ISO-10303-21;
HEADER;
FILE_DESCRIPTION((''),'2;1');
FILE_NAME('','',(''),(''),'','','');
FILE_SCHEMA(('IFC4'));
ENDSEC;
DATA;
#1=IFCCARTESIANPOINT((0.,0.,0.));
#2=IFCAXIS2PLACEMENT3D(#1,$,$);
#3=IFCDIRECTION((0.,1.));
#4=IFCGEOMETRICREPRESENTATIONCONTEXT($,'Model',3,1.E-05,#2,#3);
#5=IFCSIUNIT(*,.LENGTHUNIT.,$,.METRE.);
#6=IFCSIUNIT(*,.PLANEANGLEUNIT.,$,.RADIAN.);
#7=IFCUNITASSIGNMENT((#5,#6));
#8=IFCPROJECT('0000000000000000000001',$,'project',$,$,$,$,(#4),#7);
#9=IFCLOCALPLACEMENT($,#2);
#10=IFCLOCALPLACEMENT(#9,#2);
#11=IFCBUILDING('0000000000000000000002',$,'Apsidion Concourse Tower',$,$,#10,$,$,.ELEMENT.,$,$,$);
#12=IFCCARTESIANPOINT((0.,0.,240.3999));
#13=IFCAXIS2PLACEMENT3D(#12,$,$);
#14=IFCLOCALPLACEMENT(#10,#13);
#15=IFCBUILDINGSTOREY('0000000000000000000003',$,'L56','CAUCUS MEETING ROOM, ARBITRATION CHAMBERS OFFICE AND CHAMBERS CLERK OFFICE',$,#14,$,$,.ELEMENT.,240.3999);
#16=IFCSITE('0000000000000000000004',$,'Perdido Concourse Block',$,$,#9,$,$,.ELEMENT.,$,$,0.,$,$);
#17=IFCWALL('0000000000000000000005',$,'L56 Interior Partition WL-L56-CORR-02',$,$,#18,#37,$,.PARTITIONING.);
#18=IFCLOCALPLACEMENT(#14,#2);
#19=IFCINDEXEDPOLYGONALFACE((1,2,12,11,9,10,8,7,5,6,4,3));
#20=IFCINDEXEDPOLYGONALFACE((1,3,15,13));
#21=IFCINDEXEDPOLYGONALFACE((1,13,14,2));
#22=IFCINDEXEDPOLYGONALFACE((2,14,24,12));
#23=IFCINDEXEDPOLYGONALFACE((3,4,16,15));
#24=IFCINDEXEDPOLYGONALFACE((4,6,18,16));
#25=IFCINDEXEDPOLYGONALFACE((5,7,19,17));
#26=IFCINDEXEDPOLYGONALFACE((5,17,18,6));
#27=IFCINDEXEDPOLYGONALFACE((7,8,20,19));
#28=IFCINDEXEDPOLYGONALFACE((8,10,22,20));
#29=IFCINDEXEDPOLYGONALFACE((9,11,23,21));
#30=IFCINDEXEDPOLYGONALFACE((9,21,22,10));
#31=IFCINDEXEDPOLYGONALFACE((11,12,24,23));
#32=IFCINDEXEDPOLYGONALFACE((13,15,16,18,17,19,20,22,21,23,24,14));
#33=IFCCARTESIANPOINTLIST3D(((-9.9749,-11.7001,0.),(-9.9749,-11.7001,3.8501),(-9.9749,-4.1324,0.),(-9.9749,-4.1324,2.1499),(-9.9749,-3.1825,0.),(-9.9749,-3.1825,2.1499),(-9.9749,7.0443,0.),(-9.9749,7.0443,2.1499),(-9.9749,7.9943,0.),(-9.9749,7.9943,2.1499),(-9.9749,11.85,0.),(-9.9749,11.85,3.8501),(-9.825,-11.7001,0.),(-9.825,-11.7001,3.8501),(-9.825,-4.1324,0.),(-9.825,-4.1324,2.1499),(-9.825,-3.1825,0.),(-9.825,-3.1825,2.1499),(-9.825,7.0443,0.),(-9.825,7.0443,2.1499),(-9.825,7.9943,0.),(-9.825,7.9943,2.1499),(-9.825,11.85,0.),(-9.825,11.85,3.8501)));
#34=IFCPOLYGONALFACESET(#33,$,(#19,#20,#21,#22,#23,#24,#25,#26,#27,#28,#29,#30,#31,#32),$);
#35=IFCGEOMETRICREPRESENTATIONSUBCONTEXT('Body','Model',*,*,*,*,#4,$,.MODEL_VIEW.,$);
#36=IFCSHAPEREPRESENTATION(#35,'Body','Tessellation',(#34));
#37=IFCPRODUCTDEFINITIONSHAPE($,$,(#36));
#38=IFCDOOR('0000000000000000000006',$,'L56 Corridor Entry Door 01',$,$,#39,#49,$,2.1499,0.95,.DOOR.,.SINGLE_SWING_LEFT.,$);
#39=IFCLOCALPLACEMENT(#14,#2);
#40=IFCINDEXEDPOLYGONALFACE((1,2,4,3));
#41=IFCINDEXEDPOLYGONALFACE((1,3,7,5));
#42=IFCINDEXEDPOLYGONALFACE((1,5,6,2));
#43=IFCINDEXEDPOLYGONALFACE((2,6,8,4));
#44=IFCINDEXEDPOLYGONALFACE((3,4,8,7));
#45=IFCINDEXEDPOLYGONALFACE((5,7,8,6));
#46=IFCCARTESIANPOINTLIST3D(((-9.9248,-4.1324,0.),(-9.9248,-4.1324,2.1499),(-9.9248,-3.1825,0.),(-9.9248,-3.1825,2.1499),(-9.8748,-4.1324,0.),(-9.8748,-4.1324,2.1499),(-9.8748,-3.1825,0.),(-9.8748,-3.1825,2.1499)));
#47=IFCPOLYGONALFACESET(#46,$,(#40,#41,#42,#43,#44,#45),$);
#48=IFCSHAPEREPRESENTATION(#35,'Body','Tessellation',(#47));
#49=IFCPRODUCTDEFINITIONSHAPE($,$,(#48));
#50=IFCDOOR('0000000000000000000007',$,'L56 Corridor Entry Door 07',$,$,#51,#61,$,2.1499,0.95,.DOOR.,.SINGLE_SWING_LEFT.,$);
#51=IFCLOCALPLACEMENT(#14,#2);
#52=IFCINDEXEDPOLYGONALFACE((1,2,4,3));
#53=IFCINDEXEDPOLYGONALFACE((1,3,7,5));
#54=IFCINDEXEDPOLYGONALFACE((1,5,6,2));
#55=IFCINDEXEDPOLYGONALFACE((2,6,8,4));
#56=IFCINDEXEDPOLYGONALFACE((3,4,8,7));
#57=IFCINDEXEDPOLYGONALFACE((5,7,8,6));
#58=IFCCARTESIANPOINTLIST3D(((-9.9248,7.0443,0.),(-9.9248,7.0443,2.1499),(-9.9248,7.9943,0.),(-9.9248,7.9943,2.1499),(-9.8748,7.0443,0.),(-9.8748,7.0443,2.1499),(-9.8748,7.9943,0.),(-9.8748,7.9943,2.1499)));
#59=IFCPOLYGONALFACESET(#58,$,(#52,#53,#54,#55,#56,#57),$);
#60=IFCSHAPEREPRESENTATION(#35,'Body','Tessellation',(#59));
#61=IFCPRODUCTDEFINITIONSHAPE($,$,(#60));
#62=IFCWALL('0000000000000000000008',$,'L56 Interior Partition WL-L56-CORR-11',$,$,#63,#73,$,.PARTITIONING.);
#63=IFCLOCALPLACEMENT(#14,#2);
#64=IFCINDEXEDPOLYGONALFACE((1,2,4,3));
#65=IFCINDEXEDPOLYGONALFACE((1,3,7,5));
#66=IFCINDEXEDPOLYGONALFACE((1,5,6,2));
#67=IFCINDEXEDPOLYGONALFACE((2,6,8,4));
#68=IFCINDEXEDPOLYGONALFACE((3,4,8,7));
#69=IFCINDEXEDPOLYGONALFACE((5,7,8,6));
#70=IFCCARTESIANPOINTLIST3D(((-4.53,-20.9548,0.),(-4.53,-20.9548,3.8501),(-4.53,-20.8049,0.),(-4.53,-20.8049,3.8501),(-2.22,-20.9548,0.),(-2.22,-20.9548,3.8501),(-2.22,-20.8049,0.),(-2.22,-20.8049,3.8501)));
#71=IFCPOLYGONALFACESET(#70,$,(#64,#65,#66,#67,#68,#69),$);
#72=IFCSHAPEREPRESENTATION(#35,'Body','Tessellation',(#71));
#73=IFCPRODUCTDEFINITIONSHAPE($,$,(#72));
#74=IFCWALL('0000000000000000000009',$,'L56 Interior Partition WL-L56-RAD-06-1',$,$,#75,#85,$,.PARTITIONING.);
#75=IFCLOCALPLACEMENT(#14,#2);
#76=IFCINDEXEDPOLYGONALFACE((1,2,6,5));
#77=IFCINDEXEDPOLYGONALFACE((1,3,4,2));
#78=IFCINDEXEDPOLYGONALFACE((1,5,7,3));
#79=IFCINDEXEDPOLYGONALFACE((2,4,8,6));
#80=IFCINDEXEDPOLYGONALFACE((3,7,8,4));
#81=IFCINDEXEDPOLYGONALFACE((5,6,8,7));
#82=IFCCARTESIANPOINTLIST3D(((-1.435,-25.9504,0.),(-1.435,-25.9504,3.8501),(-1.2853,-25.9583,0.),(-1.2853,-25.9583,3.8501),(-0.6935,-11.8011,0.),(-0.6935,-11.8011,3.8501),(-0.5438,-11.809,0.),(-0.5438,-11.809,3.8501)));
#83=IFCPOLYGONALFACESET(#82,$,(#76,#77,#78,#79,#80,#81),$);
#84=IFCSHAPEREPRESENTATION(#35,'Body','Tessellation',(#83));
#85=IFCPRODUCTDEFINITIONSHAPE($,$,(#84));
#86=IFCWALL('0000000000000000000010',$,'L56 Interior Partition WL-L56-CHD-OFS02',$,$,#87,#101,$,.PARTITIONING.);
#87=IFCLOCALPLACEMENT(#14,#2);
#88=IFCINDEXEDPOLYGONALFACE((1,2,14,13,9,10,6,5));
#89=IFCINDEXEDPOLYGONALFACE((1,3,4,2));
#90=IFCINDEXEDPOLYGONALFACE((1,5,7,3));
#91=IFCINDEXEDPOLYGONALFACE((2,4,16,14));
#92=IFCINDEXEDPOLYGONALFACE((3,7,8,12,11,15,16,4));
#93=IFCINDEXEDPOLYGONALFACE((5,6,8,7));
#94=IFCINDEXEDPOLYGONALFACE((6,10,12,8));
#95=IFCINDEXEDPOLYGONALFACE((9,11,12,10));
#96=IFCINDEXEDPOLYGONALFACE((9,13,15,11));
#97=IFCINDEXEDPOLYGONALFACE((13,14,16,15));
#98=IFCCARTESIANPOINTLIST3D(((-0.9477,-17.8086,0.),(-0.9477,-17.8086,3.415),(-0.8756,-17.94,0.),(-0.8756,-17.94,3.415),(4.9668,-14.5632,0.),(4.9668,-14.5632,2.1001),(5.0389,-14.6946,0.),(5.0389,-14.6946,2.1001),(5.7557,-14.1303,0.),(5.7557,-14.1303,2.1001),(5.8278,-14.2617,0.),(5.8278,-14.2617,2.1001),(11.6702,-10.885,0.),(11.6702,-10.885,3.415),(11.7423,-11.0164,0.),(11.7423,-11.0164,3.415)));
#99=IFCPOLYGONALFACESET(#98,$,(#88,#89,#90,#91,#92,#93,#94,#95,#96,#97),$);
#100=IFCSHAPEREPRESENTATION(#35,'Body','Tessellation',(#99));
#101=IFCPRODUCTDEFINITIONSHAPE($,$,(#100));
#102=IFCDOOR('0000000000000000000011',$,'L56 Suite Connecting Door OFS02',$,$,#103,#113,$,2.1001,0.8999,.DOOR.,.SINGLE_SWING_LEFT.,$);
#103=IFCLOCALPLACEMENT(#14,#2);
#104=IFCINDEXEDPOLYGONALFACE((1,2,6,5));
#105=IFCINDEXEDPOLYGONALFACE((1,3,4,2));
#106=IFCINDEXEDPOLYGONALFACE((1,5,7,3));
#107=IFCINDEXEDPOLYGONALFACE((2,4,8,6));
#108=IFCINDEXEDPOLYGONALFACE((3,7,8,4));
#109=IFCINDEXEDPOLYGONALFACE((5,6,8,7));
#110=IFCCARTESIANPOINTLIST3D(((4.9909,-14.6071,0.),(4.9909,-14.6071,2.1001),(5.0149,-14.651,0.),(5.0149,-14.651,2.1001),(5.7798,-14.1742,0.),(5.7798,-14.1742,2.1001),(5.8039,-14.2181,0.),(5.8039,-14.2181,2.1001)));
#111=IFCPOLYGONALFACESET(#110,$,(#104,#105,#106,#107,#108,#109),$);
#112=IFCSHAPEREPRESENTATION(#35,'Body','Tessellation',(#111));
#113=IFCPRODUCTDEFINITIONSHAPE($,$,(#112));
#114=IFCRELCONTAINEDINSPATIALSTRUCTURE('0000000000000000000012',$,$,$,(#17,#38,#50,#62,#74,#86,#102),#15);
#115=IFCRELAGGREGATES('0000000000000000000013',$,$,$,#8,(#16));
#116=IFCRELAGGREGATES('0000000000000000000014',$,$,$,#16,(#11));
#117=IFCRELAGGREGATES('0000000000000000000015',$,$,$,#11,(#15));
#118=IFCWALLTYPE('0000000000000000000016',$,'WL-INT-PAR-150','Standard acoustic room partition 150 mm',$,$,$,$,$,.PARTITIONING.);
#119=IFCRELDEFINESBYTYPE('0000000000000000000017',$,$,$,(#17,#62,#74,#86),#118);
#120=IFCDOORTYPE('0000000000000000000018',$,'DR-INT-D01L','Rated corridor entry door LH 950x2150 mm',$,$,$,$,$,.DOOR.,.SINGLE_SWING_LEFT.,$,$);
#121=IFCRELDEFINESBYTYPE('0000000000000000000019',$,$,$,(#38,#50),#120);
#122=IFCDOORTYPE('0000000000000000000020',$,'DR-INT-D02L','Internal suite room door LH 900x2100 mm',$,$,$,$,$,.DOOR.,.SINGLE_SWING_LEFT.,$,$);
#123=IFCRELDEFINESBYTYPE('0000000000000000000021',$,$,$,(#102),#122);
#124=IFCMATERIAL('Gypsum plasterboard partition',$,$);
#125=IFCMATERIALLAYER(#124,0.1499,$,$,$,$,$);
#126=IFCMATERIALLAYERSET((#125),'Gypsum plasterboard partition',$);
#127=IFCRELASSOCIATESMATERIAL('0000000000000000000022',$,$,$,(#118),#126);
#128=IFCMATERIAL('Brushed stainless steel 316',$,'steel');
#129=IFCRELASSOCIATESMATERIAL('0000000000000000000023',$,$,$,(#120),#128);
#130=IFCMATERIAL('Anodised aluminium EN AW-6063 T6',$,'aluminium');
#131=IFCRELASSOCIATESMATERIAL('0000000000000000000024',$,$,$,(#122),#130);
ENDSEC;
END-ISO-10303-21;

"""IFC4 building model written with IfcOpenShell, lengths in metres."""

from ifc_helpers import new_model, si_unit, direction, frame, frame_2d, origin, place, context, subcontext, project, spatial, rectangle, extrude, material, layer, layer_set, type_object, element, fill, save


model = new_model("IFC4")

# Units and contexts
model_context = context("Model", 3, precision=1e-05, world=origin(), true_north=direction((0.0, 1.0)))
body_context = subcontext(model_context, "Body", "Model", "MODEL_VIEW")
ifc_project = project(units=[si_unit("LENGTHUNIT", "METRE"), si_unit("PLANEANGLEUNIT", "RADIAN")], contexts=[model_context])

# Site, building, storey
site_placement = place(None, origin())
site = spatial("IfcSite", under=ifc_project, at=site_placement, Name="Perdido Concourse Block", CompositionType="ELEMENT", RefElevation=0.0)
building_placement = place(site_placement, origin())
building = spatial("IfcBuilding", under=site, at=building_placement, Name="Apsidion Concourse Tower", CompositionType="ELEMENT")
storey_placement = place(building_placement, frame((0.0, 0.0, 240.3999)))
storey = spatial("IfcBuildingStorey", under=building, at=storey_placement, Name="L56", Description="CAUCUS MEETING ROOM, ARBITRATION CHAMBERS OFFICE AND CHAMBERS CLERK OFFICE", CompositionType="ELEMENT", Elevation=240.3999)

# Shared definitions
ifc_material_1 = material(Name="Gypsum plasterboard partition")
ifc_layer = layer(ifc_material_1, 0.1499)
ifc_layer_set = layer_set([ifc_layer], Name="Gypsum plasterboard partition")
wall_type = type_object("IfcWallType", Name="WL-INT-PAR-150", Description="Standard acoustic room partition 150 mm", PredefinedType="PARTITIONING", material=ifc_layer_set)

# Wall, openings, doors
wall_1_placement = place(storey_placement, frame((-9.8999, -11.7, 0.0), z_axis=(0.0, 0.0, 1.0), x_axis=(0.0, 1.0, 0.0)))
wall_1 = element("IfcWall", 1, at=wall_1_placement, inside=storey, type_object=wall_type, Name="L56 Interior Partition WL-L56-CORR-02", PredefinedType="PARTITIONING", context=body_context, shape_type="SweptSolid", body=[
    extrude(rectangle(XDim=23.55, YDim=0.1499, at=frame_2d((11.7749, 0.0))), origin(), (0.0, 0.0, 1.0), 3.8501),
])
opening_1_placement = place(wall_1_placement, frame((7.5674, 0.0, 0.0)))
opening_1 = element("IfcOpeningElement", 2, at=opening_1_placement, cuts=wall_1, PredefinedType="OPENING", context=body_context, shape_type="SweptSolid", body=[
    extrude(rectangle(XDim=0.95, YDim=2.1499, at=frame_2d((0.4751, 1.075))), frame((0.0, 0.085, 0.0), z_axis=(0.0, -1.0, 0.0), x_axis=(1.0, 0.0, 0.0)), (0.0, 0.0, 1.0), 0.1699),
])
opening_2_placement = place(wall_1_placement, frame((18.7441, 0.0, 0.0)))
opening_2 = element("IfcOpeningElement", 3, at=opening_2_placement, cuts=wall_1, PredefinedType="OPENING", context=body_context, shape_type="SweptSolid", body=[
    extrude(rectangle(XDim=0.95, YDim=2.1499, at=frame_2d((0.4751, 1.075))), frame((0.0, 0.085, 0.0), z_axis=(0.0, -1.0, 0.0), x_axis=(1.0, 0.0, 0.0)), (0.0, 0.0, 1.0), 0.1699),
])
ifc_material_2 = material(Name="Brushed stainless steel 316", Category="steel")
door_type_1 = type_object("IfcDoorType", Name="DR-INT-D01L", Description="Rated corridor entry door LH 950x2150 mm", OperationType="SINGLE_SWING_LEFT", PredefinedType="DOOR", material=ifc_material_2)
door_1_placement = place(opening_1_placement, origin())
door_1 = element("IfcDoor", 4, at=door_1_placement, inside=storey, type_object=door_type_1, Name="L56 Corridor Entry Door 01", OperationType="SINGLE_SWING_LEFT", OverallHeight=2.1499, OverallWidth=0.95, PredefinedType="DOOR", context=body_context, shape_type="SweptSolid", body=[
    extrude(rectangle(XDim=0.95, YDim=2.1499, at=frame_2d((0.4751, 1.075))), frame((0.0, 0.0249, 0.0), z_axis=(0.0, -1.0, 0.0), x_axis=(1.0, 0.0, 0.0)), (0.0, 0.0, 1.0), 0.05),
])
fill(opening_1, door_1)
door_2_placement = place(opening_2_placement, origin())
door_2 = element("IfcDoor", 5, at=door_2_placement, inside=storey, type_object=door_type_1, Name="L56 Corridor Entry Door 07", OperationType="SINGLE_SWING_LEFT", OverallHeight=2.1499, OverallWidth=0.95, PredefinedType="DOOR", context=body_context, shape_type="SweptSolid", body=[
    extrude(rectangle(XDim=0.95, YDim=2.1499, at=frame_2d((0.4751, 1.075))), frame((0.0, 0.0249, 0.0), z_axis=(0.0, -1.0, 0.0), x_axis=(1.0, 0.0, 0.0)), (0.0, 0.0, 1.0), 0.05),
])
fill(opening_2, door_2)

# Walls
wall_2_placement = place(storey_placement, frame((-2.22, -20.8799, 0.0), z_axis=(0.0, 0.0, 1.0), x_axis=(-1.0, 0.0, 0.0)))
element("IfcWall", 6, at=wall_2_placement, inside=storey, type_object=wall_type, Name="L56 Interior Partition WL-L56-CORR-11", PredefinedType="PARTITIONING", context=body_context, shape_type="SweptSolid", body=[
    extrude(rectangle(XDim=2.3101, YDim=0.1499, at=frame_2d((1.155, 0.0))), origin(), (0.0, 0.0, 1.0), 3.8501),
])
wall_3_placement = place(storey_placement, frame((-0.6187, -11.8049, 0.0), z_axis=(0.0, 0.0, 1.0), x_axis=(-0.052331, -0.99863, 0.0)))
element("IfcWall", 7, at=wall_3_placement, inside=storey, type_object=wall_type, Name="L56 Interior Partition WL-L56-RAD-06-1", PredefinedType="PARTITIONING", context=body_context, shape_type="SweptSolid", body=[
    extrude(rectangle(XDim=14.1687, YDim=0.1499, at=frame_2d((7.0845, 0.0))), origin(), (0.0, 0.0, 1.0), 3.8501),
])

# Wall, opening, door
wall_4_placement = place(storey_placement, frame((-0.9116, -17.8743, 0.0), z_axis=(0.0, 0.0, 1.0), x_axis=(0.876693, 0.481051, 0.0)))
wall_4 = element("IfcWall", 8, at=wall_4_placement, inside=storey, type_object=wall_type, Name="L56 Interior Partition WL-L56-CHD-OFS02", PredefinedType="PARTITIONING", context=body_context, shape_type="SweptSolid", body=[
    extrude(rectangle(XDim=14.3926, YDim=0.1499, at=frame_2d((7.1963, 0.0))), origin(), (0.0, 0.0, 1.0), 3.415),
])
opening_3_placement = place(wall_4_placement, frame((6.7463, 0.0, 0.0)))
opening_3 = element("IfcOpeningElement", 9, at=opening_3_placement, cuts=wall_4, PredefinedType="OPENING", context=body_context, shape_type="SweptSolid", body=[
    extrude(rectangle(XDim=0.8999, YDim=2.1001, at=frame_2d((0.45, 1.05))), frame((0.0, 0.085, 0.0), z_axis=(0.0, -1.0, 0.0), x_axis=(1.0, 0.0, 0.0)), (0.0, 0.0, 1.0), 0.1699),
])
ifc_material_3 = material(Name="Anodised aluminium EN AW-6063 T6", Category="aluminium")
door_type_2 = type_object("IfcDoorType", Name="DR-INT-D02L", Description="Internal suite room door LH 900x2100 mm", OperationType="SINGLE_SWING_LEFT", PredefinedType="DOOR", material=ifc_material_3)
door_3_placement = place(opening_3_placement, origin())
door_3 = element("IfcDoor", 10, at=door_3_placement, inside=storey, type_object=door_type_2, Name="L56 Suite Connecting Door OFS02", OperationType="SINGLE_SWING_LEFT", OverallHeight=2.1001, OverallWidth=0.8999, PredefinedType="DOOR", context=body_context, shape_type="SweptSolid", body=[
    extrude(rectangle(XDim=0.8999, YDim=2.1001, at=frame_2d((0.45, 1.05))), frame((0.0, 0.0249, 0.0), z_axis=(0.0, -1.0, 0.0), x_axis=(1.0, 0.0, 0.0)), (0.0, 0.0, 1.0), 0.05),
])
fill(opening_3, door_3)

save(model, "model.ifc")
